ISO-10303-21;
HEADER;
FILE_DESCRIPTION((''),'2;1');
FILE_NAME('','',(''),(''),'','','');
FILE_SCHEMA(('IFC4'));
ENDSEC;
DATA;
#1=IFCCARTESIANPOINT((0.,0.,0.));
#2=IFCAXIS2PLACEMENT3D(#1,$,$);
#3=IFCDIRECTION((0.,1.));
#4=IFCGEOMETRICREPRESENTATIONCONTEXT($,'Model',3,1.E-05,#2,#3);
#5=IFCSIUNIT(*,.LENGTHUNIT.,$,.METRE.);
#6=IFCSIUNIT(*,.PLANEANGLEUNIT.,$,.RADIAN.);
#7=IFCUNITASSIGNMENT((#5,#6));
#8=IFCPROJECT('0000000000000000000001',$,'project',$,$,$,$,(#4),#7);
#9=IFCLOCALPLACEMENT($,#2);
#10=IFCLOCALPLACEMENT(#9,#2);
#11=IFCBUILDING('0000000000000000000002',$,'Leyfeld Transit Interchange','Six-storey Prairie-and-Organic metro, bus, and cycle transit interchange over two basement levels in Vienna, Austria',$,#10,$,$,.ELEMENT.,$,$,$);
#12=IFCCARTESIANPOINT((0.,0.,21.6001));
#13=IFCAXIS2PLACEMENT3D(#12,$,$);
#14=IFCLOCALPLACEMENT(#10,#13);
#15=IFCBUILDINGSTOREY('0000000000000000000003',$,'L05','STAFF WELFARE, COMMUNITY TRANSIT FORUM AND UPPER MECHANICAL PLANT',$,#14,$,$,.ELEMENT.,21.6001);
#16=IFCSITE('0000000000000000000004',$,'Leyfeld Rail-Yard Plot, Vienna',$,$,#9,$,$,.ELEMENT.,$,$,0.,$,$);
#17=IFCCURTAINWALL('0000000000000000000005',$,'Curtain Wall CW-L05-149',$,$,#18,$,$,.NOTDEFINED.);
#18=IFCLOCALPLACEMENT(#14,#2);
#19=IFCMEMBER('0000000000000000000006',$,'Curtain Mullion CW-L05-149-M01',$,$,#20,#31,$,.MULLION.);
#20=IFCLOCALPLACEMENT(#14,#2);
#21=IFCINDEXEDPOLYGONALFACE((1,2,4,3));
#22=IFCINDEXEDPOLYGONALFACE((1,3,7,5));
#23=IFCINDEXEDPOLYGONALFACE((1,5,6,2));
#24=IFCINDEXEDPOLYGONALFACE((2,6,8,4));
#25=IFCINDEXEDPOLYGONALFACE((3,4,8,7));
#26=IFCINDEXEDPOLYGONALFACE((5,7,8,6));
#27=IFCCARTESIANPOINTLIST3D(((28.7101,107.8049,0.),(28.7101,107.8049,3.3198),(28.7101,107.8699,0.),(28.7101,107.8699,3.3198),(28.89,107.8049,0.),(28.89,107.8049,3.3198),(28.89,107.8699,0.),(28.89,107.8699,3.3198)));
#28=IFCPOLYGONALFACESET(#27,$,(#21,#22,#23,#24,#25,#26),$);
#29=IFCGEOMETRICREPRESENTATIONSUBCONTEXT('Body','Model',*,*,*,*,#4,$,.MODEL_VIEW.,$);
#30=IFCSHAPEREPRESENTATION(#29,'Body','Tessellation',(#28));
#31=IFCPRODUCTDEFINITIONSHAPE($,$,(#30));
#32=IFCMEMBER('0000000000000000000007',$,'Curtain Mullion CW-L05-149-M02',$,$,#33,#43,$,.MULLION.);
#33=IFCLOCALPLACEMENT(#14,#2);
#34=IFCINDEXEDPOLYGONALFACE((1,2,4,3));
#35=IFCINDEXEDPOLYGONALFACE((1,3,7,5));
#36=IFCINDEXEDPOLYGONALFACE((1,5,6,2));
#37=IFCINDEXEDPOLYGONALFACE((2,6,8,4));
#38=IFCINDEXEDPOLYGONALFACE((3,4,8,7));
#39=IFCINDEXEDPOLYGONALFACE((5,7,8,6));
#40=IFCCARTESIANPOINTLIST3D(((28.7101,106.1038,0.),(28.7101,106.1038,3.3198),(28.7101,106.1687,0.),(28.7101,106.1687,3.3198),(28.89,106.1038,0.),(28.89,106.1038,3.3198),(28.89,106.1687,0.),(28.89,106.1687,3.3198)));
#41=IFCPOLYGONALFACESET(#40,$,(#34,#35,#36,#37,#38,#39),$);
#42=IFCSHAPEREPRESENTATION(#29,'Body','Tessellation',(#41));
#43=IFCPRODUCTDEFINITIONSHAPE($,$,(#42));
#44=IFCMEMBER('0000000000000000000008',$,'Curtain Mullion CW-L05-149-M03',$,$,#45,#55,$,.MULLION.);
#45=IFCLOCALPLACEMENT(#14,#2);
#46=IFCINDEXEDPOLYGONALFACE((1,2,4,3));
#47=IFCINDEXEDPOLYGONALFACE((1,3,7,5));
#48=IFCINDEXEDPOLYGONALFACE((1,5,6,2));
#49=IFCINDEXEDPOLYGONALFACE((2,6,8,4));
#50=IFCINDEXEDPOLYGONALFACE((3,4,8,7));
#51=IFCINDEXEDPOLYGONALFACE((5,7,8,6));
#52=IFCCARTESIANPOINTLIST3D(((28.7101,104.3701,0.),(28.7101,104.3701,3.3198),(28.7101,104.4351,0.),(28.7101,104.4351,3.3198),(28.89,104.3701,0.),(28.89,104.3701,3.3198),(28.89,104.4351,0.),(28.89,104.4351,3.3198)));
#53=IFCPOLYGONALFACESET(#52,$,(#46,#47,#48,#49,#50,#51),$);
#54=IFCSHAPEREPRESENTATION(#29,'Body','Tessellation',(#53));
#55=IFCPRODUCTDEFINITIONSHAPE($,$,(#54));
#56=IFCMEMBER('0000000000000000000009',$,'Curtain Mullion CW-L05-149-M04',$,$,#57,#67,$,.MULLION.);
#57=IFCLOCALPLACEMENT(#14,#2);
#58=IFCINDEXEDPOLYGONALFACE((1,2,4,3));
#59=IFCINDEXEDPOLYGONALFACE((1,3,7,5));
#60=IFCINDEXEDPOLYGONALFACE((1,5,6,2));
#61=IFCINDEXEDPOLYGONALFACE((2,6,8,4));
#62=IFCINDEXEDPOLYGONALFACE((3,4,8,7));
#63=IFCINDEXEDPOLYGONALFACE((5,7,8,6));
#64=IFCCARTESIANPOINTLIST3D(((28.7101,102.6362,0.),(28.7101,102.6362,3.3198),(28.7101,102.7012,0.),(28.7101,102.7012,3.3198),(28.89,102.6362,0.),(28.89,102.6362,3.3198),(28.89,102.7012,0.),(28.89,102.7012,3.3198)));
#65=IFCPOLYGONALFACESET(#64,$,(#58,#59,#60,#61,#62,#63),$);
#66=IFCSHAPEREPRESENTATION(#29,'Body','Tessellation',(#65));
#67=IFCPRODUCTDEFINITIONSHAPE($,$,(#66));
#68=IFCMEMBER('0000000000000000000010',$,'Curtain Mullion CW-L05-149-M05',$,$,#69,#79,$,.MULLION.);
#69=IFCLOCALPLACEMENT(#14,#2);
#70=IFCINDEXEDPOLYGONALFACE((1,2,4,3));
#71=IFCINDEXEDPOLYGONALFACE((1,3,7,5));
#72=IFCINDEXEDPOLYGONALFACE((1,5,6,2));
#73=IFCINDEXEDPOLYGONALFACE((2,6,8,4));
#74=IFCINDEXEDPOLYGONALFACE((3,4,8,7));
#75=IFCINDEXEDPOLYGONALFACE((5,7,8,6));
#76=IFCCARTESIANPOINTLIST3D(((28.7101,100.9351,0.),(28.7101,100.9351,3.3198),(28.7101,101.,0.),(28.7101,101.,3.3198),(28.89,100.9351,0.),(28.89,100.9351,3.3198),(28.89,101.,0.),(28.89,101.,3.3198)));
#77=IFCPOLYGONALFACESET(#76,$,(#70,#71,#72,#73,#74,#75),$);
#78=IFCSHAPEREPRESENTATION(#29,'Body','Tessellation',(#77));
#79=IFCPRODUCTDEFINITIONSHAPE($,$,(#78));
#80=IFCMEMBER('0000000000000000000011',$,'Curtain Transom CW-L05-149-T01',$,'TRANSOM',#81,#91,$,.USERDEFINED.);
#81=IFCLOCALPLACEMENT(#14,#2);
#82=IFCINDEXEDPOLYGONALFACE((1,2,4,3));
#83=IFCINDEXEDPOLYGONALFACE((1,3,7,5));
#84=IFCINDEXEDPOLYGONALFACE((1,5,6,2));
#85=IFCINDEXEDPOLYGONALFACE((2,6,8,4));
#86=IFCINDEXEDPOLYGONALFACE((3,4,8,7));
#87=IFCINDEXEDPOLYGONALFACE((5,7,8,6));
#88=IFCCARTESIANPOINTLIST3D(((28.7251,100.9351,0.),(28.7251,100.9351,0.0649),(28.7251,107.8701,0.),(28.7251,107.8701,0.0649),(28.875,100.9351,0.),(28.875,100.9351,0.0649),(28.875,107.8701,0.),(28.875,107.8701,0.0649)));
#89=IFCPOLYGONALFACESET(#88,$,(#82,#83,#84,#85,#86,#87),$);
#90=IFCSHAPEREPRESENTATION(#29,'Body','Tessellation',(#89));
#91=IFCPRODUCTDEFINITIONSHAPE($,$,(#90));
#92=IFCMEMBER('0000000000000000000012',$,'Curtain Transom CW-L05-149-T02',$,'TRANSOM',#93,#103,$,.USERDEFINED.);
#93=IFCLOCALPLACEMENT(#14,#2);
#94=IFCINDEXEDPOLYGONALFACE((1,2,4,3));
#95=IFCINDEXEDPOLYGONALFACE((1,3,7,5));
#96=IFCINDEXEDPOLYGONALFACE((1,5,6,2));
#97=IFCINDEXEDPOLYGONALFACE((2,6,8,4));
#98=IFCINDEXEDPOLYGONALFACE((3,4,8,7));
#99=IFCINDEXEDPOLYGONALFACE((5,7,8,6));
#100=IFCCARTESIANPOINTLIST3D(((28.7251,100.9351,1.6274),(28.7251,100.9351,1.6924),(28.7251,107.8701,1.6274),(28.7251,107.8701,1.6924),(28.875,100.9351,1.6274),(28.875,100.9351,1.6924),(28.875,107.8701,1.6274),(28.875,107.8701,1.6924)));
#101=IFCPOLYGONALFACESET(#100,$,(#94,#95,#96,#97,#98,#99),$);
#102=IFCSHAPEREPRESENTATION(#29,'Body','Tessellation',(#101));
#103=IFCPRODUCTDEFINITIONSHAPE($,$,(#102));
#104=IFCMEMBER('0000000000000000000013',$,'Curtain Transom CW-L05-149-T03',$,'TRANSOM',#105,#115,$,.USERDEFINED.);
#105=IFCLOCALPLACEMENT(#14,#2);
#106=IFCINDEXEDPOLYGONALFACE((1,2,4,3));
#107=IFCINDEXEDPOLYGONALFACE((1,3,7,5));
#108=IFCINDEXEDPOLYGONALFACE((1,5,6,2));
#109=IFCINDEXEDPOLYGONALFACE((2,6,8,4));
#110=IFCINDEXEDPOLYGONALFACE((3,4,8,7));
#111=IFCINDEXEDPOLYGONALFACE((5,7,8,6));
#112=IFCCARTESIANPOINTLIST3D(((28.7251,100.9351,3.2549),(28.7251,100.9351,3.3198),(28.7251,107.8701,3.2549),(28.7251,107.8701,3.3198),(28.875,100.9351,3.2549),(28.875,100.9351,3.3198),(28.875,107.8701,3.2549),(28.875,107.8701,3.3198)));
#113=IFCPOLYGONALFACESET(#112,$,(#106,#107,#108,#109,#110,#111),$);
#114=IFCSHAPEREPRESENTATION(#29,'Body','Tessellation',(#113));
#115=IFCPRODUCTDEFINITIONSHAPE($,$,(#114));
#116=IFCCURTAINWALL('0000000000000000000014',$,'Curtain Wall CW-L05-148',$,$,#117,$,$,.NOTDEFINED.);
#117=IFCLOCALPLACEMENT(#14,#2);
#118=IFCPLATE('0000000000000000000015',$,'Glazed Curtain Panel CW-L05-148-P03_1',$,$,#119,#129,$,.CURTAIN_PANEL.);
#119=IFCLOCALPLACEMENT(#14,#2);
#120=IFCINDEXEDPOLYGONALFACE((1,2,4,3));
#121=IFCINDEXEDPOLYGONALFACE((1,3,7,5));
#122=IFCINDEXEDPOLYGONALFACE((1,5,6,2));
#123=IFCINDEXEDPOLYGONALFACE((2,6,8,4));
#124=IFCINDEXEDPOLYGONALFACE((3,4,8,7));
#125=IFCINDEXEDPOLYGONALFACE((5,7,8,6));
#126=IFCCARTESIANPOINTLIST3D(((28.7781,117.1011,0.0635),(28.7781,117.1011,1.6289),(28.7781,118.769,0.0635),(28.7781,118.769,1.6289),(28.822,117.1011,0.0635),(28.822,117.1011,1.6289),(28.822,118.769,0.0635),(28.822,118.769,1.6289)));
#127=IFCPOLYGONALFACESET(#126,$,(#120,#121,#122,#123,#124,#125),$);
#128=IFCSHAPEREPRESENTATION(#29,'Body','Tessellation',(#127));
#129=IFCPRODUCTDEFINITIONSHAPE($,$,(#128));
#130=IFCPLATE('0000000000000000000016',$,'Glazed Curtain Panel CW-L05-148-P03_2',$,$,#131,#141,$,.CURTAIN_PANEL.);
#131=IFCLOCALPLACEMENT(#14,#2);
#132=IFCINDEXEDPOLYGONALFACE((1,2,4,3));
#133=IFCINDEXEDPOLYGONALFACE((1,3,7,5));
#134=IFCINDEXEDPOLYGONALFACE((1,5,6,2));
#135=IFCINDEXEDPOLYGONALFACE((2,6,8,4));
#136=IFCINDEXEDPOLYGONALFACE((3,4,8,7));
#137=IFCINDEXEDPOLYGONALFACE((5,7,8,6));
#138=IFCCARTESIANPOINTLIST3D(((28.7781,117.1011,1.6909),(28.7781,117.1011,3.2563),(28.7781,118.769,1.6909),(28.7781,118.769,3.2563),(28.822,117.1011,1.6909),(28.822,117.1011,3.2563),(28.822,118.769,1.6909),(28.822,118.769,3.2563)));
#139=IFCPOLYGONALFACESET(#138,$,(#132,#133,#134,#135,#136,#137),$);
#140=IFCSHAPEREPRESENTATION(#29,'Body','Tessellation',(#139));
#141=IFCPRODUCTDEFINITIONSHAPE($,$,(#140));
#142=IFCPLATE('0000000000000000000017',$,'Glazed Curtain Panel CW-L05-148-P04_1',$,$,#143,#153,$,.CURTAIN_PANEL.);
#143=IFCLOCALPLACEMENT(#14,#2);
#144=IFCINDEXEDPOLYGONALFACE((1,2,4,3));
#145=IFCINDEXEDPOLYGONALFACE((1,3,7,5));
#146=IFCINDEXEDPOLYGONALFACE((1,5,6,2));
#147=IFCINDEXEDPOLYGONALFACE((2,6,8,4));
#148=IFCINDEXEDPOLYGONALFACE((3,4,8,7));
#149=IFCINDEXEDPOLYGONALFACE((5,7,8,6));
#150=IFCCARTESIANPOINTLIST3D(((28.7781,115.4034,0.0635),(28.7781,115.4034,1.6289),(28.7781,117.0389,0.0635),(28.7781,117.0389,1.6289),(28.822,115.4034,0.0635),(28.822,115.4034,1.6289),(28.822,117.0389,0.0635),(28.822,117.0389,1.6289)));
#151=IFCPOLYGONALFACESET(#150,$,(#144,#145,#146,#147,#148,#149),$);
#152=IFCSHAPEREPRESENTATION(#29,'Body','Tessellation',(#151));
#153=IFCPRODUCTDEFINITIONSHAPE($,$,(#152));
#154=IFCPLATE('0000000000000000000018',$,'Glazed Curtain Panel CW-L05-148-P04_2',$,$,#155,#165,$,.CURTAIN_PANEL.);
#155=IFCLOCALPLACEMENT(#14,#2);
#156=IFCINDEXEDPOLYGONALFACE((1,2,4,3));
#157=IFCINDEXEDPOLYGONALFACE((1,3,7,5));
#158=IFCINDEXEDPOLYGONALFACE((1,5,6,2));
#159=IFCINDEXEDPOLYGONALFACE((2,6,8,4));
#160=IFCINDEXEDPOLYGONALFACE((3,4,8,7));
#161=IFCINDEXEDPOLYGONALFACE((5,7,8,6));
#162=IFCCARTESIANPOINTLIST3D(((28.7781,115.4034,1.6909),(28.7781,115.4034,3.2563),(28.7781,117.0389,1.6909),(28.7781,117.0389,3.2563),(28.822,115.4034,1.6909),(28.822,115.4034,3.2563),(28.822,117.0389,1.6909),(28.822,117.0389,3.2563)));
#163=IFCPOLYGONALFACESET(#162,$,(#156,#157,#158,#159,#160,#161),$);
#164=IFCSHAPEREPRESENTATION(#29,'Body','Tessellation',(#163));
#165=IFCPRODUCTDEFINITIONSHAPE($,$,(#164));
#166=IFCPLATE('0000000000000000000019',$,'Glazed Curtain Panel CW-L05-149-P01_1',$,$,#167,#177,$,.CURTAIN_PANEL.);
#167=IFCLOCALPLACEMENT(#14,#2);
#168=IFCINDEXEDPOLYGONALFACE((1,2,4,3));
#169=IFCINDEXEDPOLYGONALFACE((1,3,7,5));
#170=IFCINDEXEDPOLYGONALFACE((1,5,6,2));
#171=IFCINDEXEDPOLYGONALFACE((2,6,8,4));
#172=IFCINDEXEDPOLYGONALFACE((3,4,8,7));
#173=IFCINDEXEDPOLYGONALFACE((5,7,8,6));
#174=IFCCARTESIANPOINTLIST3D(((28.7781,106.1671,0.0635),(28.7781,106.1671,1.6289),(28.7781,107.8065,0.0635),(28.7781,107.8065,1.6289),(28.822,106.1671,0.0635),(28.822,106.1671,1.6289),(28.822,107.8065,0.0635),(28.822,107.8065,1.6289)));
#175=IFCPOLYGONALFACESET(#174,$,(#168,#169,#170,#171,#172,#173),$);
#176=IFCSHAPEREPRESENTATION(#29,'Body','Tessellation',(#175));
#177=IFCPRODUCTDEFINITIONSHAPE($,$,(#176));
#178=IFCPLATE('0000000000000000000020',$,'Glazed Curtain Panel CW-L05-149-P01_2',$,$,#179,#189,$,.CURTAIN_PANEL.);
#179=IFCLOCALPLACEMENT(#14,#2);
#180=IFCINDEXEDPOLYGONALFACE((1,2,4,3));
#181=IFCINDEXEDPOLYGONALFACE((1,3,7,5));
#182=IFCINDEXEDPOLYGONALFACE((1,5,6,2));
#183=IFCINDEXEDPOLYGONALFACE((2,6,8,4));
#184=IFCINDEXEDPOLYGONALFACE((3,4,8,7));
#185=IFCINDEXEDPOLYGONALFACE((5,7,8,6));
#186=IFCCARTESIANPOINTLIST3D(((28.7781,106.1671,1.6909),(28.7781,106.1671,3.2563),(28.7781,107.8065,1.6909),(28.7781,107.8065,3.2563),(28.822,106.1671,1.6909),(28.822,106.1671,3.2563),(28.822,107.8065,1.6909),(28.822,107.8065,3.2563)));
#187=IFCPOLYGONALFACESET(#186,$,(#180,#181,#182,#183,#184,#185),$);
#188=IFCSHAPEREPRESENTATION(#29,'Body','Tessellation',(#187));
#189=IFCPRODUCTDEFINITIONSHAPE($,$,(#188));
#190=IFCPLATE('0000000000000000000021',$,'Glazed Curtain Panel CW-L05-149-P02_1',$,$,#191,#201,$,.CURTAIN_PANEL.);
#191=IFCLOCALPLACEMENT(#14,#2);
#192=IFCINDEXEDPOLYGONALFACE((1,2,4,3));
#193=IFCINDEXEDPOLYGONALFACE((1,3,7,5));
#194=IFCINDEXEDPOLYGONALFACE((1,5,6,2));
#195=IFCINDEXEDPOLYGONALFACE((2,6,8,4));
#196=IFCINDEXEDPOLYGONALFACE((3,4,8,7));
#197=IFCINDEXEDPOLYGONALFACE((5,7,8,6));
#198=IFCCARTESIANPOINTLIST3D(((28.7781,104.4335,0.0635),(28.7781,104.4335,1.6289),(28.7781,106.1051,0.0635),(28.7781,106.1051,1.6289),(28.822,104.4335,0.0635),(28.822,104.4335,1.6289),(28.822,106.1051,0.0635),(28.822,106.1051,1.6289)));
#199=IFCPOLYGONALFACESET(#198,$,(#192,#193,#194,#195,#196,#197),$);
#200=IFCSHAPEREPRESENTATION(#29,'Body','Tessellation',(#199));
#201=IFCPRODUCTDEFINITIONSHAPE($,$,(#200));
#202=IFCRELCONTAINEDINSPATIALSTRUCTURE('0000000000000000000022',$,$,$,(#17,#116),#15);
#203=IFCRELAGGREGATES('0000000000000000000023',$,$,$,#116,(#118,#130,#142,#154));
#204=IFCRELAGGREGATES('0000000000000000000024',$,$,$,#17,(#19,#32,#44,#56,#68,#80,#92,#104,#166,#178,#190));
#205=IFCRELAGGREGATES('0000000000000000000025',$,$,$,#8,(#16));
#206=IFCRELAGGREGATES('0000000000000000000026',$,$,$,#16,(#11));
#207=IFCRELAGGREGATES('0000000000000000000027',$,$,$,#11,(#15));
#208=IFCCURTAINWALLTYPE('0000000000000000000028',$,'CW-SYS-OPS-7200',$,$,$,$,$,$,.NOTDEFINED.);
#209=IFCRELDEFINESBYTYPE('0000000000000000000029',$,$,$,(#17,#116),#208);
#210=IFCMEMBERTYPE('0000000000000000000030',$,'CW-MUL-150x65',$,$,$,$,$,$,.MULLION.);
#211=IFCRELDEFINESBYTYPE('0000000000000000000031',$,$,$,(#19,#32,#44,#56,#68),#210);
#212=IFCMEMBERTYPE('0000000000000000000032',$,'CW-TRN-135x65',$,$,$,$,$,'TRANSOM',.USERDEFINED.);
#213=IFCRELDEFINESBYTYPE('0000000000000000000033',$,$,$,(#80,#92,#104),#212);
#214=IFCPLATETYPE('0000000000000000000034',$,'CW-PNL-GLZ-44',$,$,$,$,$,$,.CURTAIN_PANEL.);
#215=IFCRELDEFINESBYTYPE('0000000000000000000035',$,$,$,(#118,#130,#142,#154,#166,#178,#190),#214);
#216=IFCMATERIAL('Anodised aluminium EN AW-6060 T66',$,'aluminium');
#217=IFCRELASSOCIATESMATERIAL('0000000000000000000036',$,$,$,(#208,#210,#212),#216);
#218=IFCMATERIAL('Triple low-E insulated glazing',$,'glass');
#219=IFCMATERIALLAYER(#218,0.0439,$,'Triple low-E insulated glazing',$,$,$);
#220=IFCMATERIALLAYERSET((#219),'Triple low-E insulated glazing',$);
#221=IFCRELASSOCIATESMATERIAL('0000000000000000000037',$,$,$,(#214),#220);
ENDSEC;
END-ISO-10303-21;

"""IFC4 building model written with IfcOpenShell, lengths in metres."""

from ifc_helpers import new_model, si_unit, direction, frame, origin, origin_2d, place, context, subcontext, project, spatial, rectangle, extrude, material, layer, layer_set, material_profile, profile_set, type_object, element, aggregate, save


model = new_model("IFC4")

# Units and contexts
model_context = context("Model", 3, precision=1e-05, world=origin(), true_north=direction((0.0, 1.0)))
body_context = subcontext(model_context, "Body", "Model", "MODEL_VIEW")
ifc_project = project(units=[si_unit("LENGTHUNIT", "METRE"), si_unit("PLANEANGLEUNIT", "RADIAN")], contexts=[model_context])

# Site, building, storey
site_placement = place(None, origin())
site = spatial("IfcSite", under=ifc_project, at=site_placement, Name="Leyfeld Rail-Yard Plot, Vienna", CompositionType="ELEMENT", RefElevation=0.0)
building_placement = place(site_placement, origin())
building = spatial("IfcBuilding", under=site, at=building_placement, Name="Leyfeld Transit Interchange", Description="Six-storey Prairie-and-Organic metro, bus, and cycle transit interchange over two basement levels in Vienna, Austria", CompositionType="ELEMENT")
storey_placement = place(building_placement, frame((0.0, 0.0, 21.6001)))
storey = spatial("IfcBuildingStorey", under=building, at=storey_placement, Name="L05", Description="STAFF WELFARE, COMMUNITY TRANSIT FORUM AND UPPER MECHANICAL PLANT", CompositionType="ELEMENT", Elevation=21.6001)

# Curtain wall, members
ifc_material_1 = material(Name="Anodised aluminium EN AW-6060 T66", Category="aluminium")
curtain_wall_type = type_object("IfcCurtainWallType", Name="CW-SYS-OPS-7200", PredefinedType="NOTDEFINED", material=ifc_material_1)
curtain_wall_1_placement = place(storey_placement, origin())
curtain_wall_1 = element("IfcCurtainWall", 1, at=curtain_wall_1_placement, inside=storey, type_object=curtain_wall_type, Name="Curtain Wall CW-L05-149", PredefinedType="NOTDEFINED")
ifc_material_profile_1 = material_profile(ifc_material_1, rectangle(XDim=0.0649, YDim=0.1799, at=origin_2d()), Name="CW-M 65x180")
ifc_profile_set_1 = profile_set([ifc_material_profile_1], Name="Anodised aluminium EN AW-6060 T66")
member_type_1 = type_object("IfcMemberType", Name="CW-MUL-150x65", PredefinedType="MULLION", material=ifc_profile_set_1)
member_1_placement = place(storey_placement, frame((28.8, 107.8374, 0.0), z_axis=(0.0, 0.0, 1.0), x_axis=(0.0, -1.0, 0.0)))
member_1 = element("IfcMember", 2, at=member_1_placement, type_object=member_type_1, Name="Curtain Mullion CW-L05-149-M01", PredefinedType="MULLION", context=body_context, shape_type="SweptSolid", body=[
    extrude(rectangle(XDim=0.0649, YDim=0.1799, at=origin_2d()), origin(), (0.0, 0.0, 1.0), 3.3198),
])
member_2_placement = place(storey_placement, frame((28.8, 106.1362, 0.0), z_axis=(0.0, 0.0, 1.0), x_axis=(0.0, -1.0, 0.0)))
member_2 = element("IfcMember", 3, at=member_2_placement, type_object=member_type_1, Name="Curtain Mullion CW-L05-149-M02", PredefinedType="MULLION", context=body_context, shape_type="SweptSolid", body=[
    extrude(rectangle(XDim=0.0649, YDim=0.1799, at=origin_2d()), origin(), (0.0, 0.0, 1.0), 3.3198),
])
member_3_placement = place(storey_placement, frame((28.8, 104.4026, 0.0), z_axis=(0.0, 0.0, 1.0), x_axis=(0.0, -1.0, 0.0)))
member_3 = element("IfcMember", 4, at=member_3_placement, type_object=member_type_1, Name="Curtain Mullion CW-L05-149-M03", PredefinedType="MULLION", context=body_context, shape_type="SweptSolid", body=[
    extrude(rectangle(XDim=0.0649, YDim=0.1799, at=origin_2d()), origin(), (0.0, 0.0, 1.0), 3.3198),
])
member_4_placement = place(storey_placement, frame((28.8, 102.6687, 0.0), z_axis=(0.0, 0.0, 1.0), x_axis=(0.0, -1.0, 0.0)))
member_4 = element("IfcMember", 5, at=member_4_placement, type_object=member_type_1, Name="Curtain Mullion CW-L05-149-M04", PredefinedType="MULLION", context=body_context, shape_type="SweptSolid", body=[
    extrude(rectangle(XDim=0.0649, YDim=0.1799, at=origin_2d()), origin(), (0.0, 0.0, 1.0), 3.3198),
])
member_5_placement = place(storey_placement, frame((28.8, 100.9675, 0.0), z_axis=(0.0, 0.0, 1.0), x_axis=(0.0, -1.0, 0.0)))
member_5 = element("IfcMember", 6, at=member_5_placement, type_object=member_type_1, Name="Curtain Mullion CW-L05-149-M05", PredefinedType="MULLION", context=body_context, shape_type="SweptSolid", body=[
    extrude(rectangle(XDim=0.0649, YDim=0.1799, at=origin_2d()), origin(), (0.0, 0.0, 1.0), 3.3198),
])
ifc_material_profile_2 = material_profile(ifc_material_1, rectangle(XDim=0.1499, YDim=0.0649, at=origin_2d()), Name="CW-TRN-135x65")
ifc_profile_set_2 = profile_set([ifc_material_profile_2], Name="Anodised aluminium EN AW-6060 T66")
member_type_2 = type_object("IfcMemberType", Name="CW-TRN-135x65", ElementType="TRANSOM", PredefinedType="USERDEFINED", material=ifc_profile_set_2)
member_6_placement = place(storey_placement, frame((28.8, 107.8701, 0.0325), z_axis=(0.0, -1.0, 0.0), x_axis=(1.0, 0.0, 0.0)))
member_6 = element("IfcMember", 7, at=member_6_placement, type_object=member_type_2, Name="Curtain Transom CW-L05-149-T01", ObjectType="TRANSOM", PredefinedType="USERDEFINED", context=body_context, shape_type="SweptSolid", body=[
    extrude(rectangle(XDim=0.1499, YDim=0.0649, at=origin_2d()), origin(), (0.0, 0.0, 1.0), 6.9351),
])
member_7_placement = place(storey_placement, frame((28.8, 107.8701, 1.6599), z_axis=(0.0, -1.0, 0.0), x_axis=(1.0, 0.0, 0.0)))
member_7 = element("IfcMember", 8, at=member_7_placement, type_object=member_type_2, Name="Curtain Transom CW-L05-149-T02", ObjectType="TRANSOM", PredefinedType="USERDEFINED", context=body_context, shape_type="SweptSolid", body=[
    extrude(rectangle(XDim=0.1499, YDim=0.0649, at=origin_2d()), origin(), (0.0, 0.0, 1.0), 6.9351),
])
member_8_placement = place(storey_placement, frame((28.8, 107.8701, 3.2874), z_axis=(0.0, -1.0, 0.0), x_axis=(1.0, 0.0, 0.0)))
member_8 = element("IfcMember", 9, at=member_8_placement, type_object=member_type_2, Name="Curtain Transom CW-L05-149-T03", ObjectType="TRANSOM", PredefinedType="USERDEFINED", context=body_context, shape_type="SweptSolid", body=[
    extrude(rectangle(XDim=0.1499, YDim=0.0649, at=origin_2d()), origin(), (0.0, 0.0, 1.0), 6.9351),
])

# Curtain wall, plates
curtain_wall_2_placement = place(storey_placement, origin())
curtain_wall_2 = element("IfcCurtainWall", 10, at=curtain_wall_2_placement, inside=storey, type_object=curtain_wall_type, Name="Curtain Wall CW-L05-148", PredefinedType="NOTDEFINED")
ifc_material_2 = material(Name="Triple low-E insulated glazing", Category="glass")
ifc_layer_1 = layer(ifc_material_2, 0.0439, Name="Triple low-E insulated glazing")
ifc_layer_set_1 = layer_set([ifc_layer_1], Name="Triple low-E insulated glazing")
plate_type = type_object("IfcPlateType", Name="CW-PNL-GLZ-44", PredefinedType="CURTAIN_PANEL", material=ifc_layer_set_1)
plate_1_placement = place(storey_placement, frame((28.8, 117.9351, 0.0635), z_axis=(0.0, 0.0, 1.0), x_axis=(0.0, -1.0, 0.0)))
plate_1 = element("IfcPlate", 11, at=plate_1_placement, type_object=plate_type, Name="Glazed Curtain Panel CW-L05-148-P03_1", PredefinedType="CURTAIN_PANEL", context=body_context, shape_type="SweptSolid", body=[
    extrude(rectangle(XDim=1.668, YDim=0.0439, at=origin_2d()), origin(), (0.0, 0.0, 1.0), 1.5654),
])
plate_2_placement = place(storey_placement, frame((28.8, 117.9351, 1.6909), z_axis=(0.0, 0.0, 1.0), x_axis=(0.0, -1.0, 0.0)))
plate_2 = element("IfcPlate", 12, at=plate_2_placement, type_object=plate_type, Name="Glazed Curtain Panel CW-L05-148-P03_2", PredefinedType="CURTAIN_PANEL", context=body_context, shape_type="SweptSolid", body=[
    extrude(rectangle(XDim=1.668, YDim=0.0439, at=origin_2d()), origin(), (0.0, 0.0, 1.0), 1.5654),
])
plate_3_placement = place(storey_placement, frame((28.8, 116.2212, 0.0635), z_axis=(0.0, 0.0, 1.0), x_axis=(0.0, -1.0, 0.0)))
plate_3 = element("IfcPlate", 13, at=plate_3_placement, type_object=plate_type, Name="Glazed Curtain Panel CW-L05-148-P04_1", PredefinedType="CURTAIN_PANEL", context=body_context, shape_type="SweptSolid", body=[
    extrude(rectangle(XDim=1.6355, YDim=0.0439, at=origin_2d()), origin(), (0.0, 0.0, 1.0), 1.5654),
])
plate_4_placement = place(storey_placement, frame((28.8, 116.2212, 1.6909), z_axis=(0.0, 0.0, 1.0), x_axis=(0.0, -1.0, 0.0)))
plate_4 = element("IfcPlate", 14, at=plate_4_placement, type_object=plate_type, Name="Glazed Curtain Panel CW-L05-148-P04_2", PredefinedType="CURTAIN_PANEL", context=body_context, shape_type="SweptSolid", body=[
    extrude(rectangle(XDim=1.6355, YDim=0.0439, at=origin_2d()), origin(), (0.0, 0.0, 1.0), 1.5654),
])
aggregate(curtain_wall_2, [plate_1, plate_2, plate_3, plate_4])

# Plates
plate_5_placement = place(storey_placement, frame((28.8, 106.9868, 0.0635), z_axis=(0.0, 0.0, 1.0), x_axis=(0.0, -1.0, 0.0)))
plate_5 = element("IfcPlate", 15, at=plate_5_placement, type_object=plate_type, Name="Glazed Curtain Panel CW-L05-149-P01_1", PredefinedType="CURTAIN_PANEL", context=body_context, shape_type="SweptSolid", body=[
    extrude(rectangle(XDim=1.6394, YDim=0.0439, at=origin_2d()), origin(), (0.0, 0.0, 1.0), 1.5654),
])
plate_6_placement = place(storey_placement, frame((28.8, 106.9868, 1.6909), z_axis=(0.0, 0.0, 1.0), x_axis=(0.0, -1.0, 0.0)))
plate_6 = element("IfcPlate", 16, at=plate_6_placement, type_object=plate_type, Name="Glazed Curtain Panel CW-L05-149-P01_2", PredefinedType="CURTAIN_PANEL", context=body_context, shape_type="SweptSolid", body=[
    extrude(rectangle(XDim=1.6394, YDim=0.0439, at=origin_2d()), origin(), (0.0, 0.0, 1.0), 1.5654),
])
plate_7_placement = place(storey_placement, frame((28.8, 105.2693, 0.0635), z_axis=(0.0, 0.0, 1.0), x_axis=(0.0, -1.0, 0.0)))
plate_7 = element("IfcPlate", 17, at=plate_7_placement, type_object=plate_type, Name="Glazed Curtain Panel CW-L05-149-P02_1", PredefinedType="CURTAIN_PANEL", context=body_context, shape_type="SweptSolid", body=[
    extrude(rectangle(XDim=1.6716, YDim=0.0439, at=origin_2d()), origin(), (0.0, 0.0, 1.0), 1.5654),
])
aggregate(curtain_wall_1, [member_1, member_2, member_3, member_4, member_5, member_6, member_7, member_8, plate_5, plate_6, plate_7])

save(model, "model.ifc")
